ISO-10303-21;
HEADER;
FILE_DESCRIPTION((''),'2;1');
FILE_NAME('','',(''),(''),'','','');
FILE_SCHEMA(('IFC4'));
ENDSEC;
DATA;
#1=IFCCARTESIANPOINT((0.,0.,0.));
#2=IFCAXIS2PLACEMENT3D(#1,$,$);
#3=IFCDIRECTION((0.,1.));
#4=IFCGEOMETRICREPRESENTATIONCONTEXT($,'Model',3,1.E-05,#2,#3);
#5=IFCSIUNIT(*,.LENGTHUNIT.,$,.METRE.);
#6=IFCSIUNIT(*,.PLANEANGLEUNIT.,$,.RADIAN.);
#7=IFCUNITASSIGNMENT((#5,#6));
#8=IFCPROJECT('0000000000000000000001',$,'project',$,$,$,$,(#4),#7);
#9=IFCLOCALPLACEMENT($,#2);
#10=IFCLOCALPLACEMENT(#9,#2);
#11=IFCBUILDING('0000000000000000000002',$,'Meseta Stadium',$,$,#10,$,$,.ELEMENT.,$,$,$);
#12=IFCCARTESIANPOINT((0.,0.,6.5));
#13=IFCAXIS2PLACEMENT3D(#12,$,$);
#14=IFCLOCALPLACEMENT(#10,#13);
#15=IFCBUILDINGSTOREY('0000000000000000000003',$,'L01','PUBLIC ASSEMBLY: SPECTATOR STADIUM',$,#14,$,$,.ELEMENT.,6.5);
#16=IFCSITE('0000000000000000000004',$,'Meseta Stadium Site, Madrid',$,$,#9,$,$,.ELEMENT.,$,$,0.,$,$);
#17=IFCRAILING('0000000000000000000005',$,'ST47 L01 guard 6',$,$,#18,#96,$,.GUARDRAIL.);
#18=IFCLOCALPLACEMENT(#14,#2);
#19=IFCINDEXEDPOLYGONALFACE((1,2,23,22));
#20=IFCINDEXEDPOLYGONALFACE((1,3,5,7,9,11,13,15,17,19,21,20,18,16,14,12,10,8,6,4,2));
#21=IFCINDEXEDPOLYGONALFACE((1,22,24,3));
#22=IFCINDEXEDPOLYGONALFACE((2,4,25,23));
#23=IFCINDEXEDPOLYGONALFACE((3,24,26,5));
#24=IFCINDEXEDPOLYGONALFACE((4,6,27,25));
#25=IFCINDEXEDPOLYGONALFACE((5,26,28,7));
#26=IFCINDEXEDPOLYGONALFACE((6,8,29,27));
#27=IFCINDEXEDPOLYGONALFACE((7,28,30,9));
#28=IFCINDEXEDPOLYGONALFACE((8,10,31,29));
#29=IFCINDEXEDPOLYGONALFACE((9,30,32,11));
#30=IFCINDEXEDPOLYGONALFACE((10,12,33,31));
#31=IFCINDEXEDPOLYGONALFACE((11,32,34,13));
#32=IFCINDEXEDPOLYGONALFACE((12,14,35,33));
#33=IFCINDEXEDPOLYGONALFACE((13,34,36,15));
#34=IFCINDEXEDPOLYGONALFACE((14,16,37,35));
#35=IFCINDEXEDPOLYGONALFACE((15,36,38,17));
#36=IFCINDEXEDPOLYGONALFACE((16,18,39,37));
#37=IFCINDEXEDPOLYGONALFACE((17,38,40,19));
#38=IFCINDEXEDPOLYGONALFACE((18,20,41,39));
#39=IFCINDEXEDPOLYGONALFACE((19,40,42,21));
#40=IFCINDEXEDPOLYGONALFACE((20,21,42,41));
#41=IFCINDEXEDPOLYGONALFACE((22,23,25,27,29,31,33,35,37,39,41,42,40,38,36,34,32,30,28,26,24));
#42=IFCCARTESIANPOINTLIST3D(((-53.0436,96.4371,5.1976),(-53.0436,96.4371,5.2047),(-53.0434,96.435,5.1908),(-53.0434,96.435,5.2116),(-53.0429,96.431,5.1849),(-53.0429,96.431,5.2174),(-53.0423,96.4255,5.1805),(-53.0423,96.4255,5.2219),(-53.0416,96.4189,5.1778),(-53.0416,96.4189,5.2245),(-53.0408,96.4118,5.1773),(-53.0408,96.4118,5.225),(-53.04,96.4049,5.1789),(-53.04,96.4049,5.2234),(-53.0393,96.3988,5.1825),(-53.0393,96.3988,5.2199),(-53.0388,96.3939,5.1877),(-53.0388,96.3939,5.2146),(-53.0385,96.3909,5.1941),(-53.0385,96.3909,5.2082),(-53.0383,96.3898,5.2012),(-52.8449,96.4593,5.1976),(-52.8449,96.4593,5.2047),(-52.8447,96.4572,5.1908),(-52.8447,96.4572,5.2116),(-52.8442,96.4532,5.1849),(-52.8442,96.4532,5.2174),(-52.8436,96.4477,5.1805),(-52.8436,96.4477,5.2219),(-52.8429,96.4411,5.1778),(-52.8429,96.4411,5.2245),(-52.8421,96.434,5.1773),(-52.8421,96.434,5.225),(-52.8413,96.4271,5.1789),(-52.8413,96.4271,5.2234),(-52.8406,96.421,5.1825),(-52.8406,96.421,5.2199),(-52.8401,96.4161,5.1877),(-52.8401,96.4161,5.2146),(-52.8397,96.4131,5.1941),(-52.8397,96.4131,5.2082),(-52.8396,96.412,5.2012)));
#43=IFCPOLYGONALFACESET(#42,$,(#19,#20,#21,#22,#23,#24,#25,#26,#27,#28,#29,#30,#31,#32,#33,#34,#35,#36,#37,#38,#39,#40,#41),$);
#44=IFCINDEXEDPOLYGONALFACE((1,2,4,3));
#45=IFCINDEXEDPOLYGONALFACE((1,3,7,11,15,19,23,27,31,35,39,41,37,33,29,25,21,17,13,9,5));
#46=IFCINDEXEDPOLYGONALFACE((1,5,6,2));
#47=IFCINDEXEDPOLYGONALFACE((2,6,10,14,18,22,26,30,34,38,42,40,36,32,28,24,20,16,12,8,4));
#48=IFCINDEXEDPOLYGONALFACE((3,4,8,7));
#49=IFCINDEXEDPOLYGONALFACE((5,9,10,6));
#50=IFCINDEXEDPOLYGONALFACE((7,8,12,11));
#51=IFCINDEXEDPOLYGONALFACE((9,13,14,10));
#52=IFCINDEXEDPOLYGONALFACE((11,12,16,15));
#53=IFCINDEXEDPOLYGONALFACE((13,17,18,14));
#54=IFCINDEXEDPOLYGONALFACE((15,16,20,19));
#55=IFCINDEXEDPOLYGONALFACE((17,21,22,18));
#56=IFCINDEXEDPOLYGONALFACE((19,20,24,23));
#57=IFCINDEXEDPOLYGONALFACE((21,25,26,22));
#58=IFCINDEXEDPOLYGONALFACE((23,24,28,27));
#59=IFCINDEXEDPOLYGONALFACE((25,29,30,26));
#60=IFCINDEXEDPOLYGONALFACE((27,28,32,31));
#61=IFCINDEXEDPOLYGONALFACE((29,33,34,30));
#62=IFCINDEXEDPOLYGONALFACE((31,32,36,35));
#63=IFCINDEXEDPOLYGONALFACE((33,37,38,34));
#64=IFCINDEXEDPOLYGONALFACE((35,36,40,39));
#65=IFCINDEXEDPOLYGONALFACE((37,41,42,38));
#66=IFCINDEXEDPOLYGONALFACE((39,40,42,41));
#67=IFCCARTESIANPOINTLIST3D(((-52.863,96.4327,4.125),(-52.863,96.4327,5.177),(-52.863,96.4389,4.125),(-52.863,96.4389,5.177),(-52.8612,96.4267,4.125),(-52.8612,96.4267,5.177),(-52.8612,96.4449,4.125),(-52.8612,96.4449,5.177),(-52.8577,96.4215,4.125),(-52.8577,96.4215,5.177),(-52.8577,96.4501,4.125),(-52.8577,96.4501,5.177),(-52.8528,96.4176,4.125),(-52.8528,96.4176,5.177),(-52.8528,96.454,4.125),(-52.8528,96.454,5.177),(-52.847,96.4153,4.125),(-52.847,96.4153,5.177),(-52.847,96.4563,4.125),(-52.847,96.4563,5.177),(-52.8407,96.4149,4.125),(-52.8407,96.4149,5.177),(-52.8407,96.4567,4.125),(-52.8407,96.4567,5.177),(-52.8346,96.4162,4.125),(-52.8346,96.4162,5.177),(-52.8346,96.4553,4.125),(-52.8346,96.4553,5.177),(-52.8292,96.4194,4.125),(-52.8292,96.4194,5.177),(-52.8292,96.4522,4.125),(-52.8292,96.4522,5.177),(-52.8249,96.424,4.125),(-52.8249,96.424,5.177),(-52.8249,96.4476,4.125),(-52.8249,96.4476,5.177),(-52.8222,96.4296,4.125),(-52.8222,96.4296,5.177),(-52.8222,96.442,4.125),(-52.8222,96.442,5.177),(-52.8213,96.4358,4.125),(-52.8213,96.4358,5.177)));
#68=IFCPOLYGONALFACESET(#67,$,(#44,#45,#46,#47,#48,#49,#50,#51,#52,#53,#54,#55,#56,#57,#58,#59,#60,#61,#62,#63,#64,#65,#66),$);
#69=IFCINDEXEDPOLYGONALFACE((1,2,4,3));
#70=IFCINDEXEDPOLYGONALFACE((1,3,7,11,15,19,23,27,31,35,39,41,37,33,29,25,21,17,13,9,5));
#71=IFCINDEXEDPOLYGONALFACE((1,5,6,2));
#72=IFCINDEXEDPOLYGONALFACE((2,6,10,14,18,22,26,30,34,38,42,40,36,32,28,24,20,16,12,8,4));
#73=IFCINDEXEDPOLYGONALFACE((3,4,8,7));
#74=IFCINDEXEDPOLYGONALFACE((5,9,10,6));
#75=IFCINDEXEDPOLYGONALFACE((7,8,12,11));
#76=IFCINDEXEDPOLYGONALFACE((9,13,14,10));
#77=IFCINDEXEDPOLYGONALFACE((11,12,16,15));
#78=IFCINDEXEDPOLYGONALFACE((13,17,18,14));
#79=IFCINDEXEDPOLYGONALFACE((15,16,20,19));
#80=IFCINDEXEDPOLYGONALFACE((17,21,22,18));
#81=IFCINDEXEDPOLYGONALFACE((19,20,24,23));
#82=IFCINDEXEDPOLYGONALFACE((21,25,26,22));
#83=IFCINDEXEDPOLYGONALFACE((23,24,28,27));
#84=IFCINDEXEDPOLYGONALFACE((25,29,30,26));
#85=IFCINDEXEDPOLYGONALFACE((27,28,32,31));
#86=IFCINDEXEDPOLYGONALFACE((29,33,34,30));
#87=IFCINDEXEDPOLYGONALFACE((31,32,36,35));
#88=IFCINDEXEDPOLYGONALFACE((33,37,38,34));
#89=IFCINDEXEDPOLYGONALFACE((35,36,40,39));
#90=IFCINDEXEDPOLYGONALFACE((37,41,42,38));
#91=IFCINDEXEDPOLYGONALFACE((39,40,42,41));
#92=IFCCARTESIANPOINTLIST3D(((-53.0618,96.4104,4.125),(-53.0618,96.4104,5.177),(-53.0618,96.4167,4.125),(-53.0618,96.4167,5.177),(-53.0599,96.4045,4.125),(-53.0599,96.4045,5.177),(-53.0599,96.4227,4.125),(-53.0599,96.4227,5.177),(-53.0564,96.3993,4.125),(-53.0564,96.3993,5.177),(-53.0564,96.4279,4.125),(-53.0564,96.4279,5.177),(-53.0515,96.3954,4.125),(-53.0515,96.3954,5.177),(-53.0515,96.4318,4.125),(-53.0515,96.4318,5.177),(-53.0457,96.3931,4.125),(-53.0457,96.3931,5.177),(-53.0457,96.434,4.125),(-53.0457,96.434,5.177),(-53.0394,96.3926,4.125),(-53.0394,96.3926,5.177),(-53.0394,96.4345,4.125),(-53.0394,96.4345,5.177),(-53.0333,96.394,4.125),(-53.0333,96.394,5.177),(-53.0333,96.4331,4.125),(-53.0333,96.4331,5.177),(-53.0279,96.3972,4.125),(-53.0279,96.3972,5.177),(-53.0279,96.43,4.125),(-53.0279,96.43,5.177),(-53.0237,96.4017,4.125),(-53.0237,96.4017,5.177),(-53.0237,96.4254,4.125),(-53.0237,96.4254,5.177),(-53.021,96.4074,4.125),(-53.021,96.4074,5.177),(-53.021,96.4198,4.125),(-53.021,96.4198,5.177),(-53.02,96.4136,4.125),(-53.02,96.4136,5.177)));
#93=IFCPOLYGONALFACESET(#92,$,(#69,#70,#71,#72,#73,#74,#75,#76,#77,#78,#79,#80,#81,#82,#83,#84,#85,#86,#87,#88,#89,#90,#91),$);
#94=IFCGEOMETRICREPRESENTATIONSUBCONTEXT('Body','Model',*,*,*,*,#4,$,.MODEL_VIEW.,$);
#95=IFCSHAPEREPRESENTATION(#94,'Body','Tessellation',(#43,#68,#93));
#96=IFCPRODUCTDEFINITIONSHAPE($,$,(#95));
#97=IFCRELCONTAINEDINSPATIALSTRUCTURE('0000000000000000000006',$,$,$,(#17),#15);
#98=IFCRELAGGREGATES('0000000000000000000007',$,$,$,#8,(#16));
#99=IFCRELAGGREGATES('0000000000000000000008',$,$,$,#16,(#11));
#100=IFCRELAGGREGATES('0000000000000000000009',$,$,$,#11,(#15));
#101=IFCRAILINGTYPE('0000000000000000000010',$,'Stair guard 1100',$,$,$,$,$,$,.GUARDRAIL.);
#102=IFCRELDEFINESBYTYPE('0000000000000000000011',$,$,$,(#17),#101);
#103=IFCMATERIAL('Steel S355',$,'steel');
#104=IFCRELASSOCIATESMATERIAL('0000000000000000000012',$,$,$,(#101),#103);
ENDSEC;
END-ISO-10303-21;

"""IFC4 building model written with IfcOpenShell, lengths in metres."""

from ifc_helpers import new_model, si_unit, direction, frame, origin, origin_2d, place, context, subcontext, project, spatial, circle, extrude, material, type_object, element, save


model = new_model("IFC4")

# Units and contexts
model_context = context("Model", 3, precision=1e-05, world=origin(), true_north=direction((0.0, 1.0)))
body_context = subcontext(model_context, "Body", "Model", "MODEL_VIEW")
ifc_project = project(units=[si_unit("LENGTHUNIT", "METRE"), si_unit("PLANEANGLEUNIT", "RADIAN")], contexts=[model_context])

# Site, building, storey
site_placement = place(None, origin())
site = spatial("IfcSite", under=ifc_project, at=site_placement, Name="Meseta Stadium Site, Madrid", CompositionType="ELEMENT", RefElevation=0.0)
building_placement = place(site_placement, origin())
building = spatial("IfcBuilding", under=site, at=building_placement, Name="Meseta Stadium", CompositionType="ELEMENT")
storey_placement = place(building_placement, frame((0.0, 0.0, 6.5)))
storey = spatial("IfcBuildingStorey", under=building, at=storey_placement, Name="L01", Description="PUBLIC ASSEMBLY: SPECTATOR STADIUM", CompositionType="ELEMENT", Elevation=6.5)

# Railing
ifc_material_1 = material(Name="Steel S355", Category="steel")
railing_type_1 = type_object("IfcRailingType", Name="Stair guard 1100", PredefinedType="GUARDRAIL", material=ifc_material_1)
railing_1_placement = place(storey_placement, frame((-52.8423, 96.4358, 4.125)))
element("IfcRailing", 1, at=railing_1_placement, inside=storey, type_object=railing_type_1, Name="ST47 L01 guard 6", PredefinedType="GUARDRAIL", context=body_context, shape_type="SweptSolid", body=[
    extrude(circle(Radius=0.0239, at=origin_2d()), frame((0.0, 0.0, 1.0762), z_axis=(-0.993809, -0.111102, 0.0), x_axis=(0.111102, -0.993809, 0.0)), (0.0, 0.0, 1.0), 0.2),
    extrude(circle(Radius=0.021, at=origin_2d()), origin(), (0.0, 0.0, 1.0), 1.052),
    extrude(circle(Radius=0.021, at=origin_2d()), frame((-0.1987, -0.0222, 0.0)), (0.0, 0.0, 1.0), 1.052),
])

save(model, "model.ifc")
